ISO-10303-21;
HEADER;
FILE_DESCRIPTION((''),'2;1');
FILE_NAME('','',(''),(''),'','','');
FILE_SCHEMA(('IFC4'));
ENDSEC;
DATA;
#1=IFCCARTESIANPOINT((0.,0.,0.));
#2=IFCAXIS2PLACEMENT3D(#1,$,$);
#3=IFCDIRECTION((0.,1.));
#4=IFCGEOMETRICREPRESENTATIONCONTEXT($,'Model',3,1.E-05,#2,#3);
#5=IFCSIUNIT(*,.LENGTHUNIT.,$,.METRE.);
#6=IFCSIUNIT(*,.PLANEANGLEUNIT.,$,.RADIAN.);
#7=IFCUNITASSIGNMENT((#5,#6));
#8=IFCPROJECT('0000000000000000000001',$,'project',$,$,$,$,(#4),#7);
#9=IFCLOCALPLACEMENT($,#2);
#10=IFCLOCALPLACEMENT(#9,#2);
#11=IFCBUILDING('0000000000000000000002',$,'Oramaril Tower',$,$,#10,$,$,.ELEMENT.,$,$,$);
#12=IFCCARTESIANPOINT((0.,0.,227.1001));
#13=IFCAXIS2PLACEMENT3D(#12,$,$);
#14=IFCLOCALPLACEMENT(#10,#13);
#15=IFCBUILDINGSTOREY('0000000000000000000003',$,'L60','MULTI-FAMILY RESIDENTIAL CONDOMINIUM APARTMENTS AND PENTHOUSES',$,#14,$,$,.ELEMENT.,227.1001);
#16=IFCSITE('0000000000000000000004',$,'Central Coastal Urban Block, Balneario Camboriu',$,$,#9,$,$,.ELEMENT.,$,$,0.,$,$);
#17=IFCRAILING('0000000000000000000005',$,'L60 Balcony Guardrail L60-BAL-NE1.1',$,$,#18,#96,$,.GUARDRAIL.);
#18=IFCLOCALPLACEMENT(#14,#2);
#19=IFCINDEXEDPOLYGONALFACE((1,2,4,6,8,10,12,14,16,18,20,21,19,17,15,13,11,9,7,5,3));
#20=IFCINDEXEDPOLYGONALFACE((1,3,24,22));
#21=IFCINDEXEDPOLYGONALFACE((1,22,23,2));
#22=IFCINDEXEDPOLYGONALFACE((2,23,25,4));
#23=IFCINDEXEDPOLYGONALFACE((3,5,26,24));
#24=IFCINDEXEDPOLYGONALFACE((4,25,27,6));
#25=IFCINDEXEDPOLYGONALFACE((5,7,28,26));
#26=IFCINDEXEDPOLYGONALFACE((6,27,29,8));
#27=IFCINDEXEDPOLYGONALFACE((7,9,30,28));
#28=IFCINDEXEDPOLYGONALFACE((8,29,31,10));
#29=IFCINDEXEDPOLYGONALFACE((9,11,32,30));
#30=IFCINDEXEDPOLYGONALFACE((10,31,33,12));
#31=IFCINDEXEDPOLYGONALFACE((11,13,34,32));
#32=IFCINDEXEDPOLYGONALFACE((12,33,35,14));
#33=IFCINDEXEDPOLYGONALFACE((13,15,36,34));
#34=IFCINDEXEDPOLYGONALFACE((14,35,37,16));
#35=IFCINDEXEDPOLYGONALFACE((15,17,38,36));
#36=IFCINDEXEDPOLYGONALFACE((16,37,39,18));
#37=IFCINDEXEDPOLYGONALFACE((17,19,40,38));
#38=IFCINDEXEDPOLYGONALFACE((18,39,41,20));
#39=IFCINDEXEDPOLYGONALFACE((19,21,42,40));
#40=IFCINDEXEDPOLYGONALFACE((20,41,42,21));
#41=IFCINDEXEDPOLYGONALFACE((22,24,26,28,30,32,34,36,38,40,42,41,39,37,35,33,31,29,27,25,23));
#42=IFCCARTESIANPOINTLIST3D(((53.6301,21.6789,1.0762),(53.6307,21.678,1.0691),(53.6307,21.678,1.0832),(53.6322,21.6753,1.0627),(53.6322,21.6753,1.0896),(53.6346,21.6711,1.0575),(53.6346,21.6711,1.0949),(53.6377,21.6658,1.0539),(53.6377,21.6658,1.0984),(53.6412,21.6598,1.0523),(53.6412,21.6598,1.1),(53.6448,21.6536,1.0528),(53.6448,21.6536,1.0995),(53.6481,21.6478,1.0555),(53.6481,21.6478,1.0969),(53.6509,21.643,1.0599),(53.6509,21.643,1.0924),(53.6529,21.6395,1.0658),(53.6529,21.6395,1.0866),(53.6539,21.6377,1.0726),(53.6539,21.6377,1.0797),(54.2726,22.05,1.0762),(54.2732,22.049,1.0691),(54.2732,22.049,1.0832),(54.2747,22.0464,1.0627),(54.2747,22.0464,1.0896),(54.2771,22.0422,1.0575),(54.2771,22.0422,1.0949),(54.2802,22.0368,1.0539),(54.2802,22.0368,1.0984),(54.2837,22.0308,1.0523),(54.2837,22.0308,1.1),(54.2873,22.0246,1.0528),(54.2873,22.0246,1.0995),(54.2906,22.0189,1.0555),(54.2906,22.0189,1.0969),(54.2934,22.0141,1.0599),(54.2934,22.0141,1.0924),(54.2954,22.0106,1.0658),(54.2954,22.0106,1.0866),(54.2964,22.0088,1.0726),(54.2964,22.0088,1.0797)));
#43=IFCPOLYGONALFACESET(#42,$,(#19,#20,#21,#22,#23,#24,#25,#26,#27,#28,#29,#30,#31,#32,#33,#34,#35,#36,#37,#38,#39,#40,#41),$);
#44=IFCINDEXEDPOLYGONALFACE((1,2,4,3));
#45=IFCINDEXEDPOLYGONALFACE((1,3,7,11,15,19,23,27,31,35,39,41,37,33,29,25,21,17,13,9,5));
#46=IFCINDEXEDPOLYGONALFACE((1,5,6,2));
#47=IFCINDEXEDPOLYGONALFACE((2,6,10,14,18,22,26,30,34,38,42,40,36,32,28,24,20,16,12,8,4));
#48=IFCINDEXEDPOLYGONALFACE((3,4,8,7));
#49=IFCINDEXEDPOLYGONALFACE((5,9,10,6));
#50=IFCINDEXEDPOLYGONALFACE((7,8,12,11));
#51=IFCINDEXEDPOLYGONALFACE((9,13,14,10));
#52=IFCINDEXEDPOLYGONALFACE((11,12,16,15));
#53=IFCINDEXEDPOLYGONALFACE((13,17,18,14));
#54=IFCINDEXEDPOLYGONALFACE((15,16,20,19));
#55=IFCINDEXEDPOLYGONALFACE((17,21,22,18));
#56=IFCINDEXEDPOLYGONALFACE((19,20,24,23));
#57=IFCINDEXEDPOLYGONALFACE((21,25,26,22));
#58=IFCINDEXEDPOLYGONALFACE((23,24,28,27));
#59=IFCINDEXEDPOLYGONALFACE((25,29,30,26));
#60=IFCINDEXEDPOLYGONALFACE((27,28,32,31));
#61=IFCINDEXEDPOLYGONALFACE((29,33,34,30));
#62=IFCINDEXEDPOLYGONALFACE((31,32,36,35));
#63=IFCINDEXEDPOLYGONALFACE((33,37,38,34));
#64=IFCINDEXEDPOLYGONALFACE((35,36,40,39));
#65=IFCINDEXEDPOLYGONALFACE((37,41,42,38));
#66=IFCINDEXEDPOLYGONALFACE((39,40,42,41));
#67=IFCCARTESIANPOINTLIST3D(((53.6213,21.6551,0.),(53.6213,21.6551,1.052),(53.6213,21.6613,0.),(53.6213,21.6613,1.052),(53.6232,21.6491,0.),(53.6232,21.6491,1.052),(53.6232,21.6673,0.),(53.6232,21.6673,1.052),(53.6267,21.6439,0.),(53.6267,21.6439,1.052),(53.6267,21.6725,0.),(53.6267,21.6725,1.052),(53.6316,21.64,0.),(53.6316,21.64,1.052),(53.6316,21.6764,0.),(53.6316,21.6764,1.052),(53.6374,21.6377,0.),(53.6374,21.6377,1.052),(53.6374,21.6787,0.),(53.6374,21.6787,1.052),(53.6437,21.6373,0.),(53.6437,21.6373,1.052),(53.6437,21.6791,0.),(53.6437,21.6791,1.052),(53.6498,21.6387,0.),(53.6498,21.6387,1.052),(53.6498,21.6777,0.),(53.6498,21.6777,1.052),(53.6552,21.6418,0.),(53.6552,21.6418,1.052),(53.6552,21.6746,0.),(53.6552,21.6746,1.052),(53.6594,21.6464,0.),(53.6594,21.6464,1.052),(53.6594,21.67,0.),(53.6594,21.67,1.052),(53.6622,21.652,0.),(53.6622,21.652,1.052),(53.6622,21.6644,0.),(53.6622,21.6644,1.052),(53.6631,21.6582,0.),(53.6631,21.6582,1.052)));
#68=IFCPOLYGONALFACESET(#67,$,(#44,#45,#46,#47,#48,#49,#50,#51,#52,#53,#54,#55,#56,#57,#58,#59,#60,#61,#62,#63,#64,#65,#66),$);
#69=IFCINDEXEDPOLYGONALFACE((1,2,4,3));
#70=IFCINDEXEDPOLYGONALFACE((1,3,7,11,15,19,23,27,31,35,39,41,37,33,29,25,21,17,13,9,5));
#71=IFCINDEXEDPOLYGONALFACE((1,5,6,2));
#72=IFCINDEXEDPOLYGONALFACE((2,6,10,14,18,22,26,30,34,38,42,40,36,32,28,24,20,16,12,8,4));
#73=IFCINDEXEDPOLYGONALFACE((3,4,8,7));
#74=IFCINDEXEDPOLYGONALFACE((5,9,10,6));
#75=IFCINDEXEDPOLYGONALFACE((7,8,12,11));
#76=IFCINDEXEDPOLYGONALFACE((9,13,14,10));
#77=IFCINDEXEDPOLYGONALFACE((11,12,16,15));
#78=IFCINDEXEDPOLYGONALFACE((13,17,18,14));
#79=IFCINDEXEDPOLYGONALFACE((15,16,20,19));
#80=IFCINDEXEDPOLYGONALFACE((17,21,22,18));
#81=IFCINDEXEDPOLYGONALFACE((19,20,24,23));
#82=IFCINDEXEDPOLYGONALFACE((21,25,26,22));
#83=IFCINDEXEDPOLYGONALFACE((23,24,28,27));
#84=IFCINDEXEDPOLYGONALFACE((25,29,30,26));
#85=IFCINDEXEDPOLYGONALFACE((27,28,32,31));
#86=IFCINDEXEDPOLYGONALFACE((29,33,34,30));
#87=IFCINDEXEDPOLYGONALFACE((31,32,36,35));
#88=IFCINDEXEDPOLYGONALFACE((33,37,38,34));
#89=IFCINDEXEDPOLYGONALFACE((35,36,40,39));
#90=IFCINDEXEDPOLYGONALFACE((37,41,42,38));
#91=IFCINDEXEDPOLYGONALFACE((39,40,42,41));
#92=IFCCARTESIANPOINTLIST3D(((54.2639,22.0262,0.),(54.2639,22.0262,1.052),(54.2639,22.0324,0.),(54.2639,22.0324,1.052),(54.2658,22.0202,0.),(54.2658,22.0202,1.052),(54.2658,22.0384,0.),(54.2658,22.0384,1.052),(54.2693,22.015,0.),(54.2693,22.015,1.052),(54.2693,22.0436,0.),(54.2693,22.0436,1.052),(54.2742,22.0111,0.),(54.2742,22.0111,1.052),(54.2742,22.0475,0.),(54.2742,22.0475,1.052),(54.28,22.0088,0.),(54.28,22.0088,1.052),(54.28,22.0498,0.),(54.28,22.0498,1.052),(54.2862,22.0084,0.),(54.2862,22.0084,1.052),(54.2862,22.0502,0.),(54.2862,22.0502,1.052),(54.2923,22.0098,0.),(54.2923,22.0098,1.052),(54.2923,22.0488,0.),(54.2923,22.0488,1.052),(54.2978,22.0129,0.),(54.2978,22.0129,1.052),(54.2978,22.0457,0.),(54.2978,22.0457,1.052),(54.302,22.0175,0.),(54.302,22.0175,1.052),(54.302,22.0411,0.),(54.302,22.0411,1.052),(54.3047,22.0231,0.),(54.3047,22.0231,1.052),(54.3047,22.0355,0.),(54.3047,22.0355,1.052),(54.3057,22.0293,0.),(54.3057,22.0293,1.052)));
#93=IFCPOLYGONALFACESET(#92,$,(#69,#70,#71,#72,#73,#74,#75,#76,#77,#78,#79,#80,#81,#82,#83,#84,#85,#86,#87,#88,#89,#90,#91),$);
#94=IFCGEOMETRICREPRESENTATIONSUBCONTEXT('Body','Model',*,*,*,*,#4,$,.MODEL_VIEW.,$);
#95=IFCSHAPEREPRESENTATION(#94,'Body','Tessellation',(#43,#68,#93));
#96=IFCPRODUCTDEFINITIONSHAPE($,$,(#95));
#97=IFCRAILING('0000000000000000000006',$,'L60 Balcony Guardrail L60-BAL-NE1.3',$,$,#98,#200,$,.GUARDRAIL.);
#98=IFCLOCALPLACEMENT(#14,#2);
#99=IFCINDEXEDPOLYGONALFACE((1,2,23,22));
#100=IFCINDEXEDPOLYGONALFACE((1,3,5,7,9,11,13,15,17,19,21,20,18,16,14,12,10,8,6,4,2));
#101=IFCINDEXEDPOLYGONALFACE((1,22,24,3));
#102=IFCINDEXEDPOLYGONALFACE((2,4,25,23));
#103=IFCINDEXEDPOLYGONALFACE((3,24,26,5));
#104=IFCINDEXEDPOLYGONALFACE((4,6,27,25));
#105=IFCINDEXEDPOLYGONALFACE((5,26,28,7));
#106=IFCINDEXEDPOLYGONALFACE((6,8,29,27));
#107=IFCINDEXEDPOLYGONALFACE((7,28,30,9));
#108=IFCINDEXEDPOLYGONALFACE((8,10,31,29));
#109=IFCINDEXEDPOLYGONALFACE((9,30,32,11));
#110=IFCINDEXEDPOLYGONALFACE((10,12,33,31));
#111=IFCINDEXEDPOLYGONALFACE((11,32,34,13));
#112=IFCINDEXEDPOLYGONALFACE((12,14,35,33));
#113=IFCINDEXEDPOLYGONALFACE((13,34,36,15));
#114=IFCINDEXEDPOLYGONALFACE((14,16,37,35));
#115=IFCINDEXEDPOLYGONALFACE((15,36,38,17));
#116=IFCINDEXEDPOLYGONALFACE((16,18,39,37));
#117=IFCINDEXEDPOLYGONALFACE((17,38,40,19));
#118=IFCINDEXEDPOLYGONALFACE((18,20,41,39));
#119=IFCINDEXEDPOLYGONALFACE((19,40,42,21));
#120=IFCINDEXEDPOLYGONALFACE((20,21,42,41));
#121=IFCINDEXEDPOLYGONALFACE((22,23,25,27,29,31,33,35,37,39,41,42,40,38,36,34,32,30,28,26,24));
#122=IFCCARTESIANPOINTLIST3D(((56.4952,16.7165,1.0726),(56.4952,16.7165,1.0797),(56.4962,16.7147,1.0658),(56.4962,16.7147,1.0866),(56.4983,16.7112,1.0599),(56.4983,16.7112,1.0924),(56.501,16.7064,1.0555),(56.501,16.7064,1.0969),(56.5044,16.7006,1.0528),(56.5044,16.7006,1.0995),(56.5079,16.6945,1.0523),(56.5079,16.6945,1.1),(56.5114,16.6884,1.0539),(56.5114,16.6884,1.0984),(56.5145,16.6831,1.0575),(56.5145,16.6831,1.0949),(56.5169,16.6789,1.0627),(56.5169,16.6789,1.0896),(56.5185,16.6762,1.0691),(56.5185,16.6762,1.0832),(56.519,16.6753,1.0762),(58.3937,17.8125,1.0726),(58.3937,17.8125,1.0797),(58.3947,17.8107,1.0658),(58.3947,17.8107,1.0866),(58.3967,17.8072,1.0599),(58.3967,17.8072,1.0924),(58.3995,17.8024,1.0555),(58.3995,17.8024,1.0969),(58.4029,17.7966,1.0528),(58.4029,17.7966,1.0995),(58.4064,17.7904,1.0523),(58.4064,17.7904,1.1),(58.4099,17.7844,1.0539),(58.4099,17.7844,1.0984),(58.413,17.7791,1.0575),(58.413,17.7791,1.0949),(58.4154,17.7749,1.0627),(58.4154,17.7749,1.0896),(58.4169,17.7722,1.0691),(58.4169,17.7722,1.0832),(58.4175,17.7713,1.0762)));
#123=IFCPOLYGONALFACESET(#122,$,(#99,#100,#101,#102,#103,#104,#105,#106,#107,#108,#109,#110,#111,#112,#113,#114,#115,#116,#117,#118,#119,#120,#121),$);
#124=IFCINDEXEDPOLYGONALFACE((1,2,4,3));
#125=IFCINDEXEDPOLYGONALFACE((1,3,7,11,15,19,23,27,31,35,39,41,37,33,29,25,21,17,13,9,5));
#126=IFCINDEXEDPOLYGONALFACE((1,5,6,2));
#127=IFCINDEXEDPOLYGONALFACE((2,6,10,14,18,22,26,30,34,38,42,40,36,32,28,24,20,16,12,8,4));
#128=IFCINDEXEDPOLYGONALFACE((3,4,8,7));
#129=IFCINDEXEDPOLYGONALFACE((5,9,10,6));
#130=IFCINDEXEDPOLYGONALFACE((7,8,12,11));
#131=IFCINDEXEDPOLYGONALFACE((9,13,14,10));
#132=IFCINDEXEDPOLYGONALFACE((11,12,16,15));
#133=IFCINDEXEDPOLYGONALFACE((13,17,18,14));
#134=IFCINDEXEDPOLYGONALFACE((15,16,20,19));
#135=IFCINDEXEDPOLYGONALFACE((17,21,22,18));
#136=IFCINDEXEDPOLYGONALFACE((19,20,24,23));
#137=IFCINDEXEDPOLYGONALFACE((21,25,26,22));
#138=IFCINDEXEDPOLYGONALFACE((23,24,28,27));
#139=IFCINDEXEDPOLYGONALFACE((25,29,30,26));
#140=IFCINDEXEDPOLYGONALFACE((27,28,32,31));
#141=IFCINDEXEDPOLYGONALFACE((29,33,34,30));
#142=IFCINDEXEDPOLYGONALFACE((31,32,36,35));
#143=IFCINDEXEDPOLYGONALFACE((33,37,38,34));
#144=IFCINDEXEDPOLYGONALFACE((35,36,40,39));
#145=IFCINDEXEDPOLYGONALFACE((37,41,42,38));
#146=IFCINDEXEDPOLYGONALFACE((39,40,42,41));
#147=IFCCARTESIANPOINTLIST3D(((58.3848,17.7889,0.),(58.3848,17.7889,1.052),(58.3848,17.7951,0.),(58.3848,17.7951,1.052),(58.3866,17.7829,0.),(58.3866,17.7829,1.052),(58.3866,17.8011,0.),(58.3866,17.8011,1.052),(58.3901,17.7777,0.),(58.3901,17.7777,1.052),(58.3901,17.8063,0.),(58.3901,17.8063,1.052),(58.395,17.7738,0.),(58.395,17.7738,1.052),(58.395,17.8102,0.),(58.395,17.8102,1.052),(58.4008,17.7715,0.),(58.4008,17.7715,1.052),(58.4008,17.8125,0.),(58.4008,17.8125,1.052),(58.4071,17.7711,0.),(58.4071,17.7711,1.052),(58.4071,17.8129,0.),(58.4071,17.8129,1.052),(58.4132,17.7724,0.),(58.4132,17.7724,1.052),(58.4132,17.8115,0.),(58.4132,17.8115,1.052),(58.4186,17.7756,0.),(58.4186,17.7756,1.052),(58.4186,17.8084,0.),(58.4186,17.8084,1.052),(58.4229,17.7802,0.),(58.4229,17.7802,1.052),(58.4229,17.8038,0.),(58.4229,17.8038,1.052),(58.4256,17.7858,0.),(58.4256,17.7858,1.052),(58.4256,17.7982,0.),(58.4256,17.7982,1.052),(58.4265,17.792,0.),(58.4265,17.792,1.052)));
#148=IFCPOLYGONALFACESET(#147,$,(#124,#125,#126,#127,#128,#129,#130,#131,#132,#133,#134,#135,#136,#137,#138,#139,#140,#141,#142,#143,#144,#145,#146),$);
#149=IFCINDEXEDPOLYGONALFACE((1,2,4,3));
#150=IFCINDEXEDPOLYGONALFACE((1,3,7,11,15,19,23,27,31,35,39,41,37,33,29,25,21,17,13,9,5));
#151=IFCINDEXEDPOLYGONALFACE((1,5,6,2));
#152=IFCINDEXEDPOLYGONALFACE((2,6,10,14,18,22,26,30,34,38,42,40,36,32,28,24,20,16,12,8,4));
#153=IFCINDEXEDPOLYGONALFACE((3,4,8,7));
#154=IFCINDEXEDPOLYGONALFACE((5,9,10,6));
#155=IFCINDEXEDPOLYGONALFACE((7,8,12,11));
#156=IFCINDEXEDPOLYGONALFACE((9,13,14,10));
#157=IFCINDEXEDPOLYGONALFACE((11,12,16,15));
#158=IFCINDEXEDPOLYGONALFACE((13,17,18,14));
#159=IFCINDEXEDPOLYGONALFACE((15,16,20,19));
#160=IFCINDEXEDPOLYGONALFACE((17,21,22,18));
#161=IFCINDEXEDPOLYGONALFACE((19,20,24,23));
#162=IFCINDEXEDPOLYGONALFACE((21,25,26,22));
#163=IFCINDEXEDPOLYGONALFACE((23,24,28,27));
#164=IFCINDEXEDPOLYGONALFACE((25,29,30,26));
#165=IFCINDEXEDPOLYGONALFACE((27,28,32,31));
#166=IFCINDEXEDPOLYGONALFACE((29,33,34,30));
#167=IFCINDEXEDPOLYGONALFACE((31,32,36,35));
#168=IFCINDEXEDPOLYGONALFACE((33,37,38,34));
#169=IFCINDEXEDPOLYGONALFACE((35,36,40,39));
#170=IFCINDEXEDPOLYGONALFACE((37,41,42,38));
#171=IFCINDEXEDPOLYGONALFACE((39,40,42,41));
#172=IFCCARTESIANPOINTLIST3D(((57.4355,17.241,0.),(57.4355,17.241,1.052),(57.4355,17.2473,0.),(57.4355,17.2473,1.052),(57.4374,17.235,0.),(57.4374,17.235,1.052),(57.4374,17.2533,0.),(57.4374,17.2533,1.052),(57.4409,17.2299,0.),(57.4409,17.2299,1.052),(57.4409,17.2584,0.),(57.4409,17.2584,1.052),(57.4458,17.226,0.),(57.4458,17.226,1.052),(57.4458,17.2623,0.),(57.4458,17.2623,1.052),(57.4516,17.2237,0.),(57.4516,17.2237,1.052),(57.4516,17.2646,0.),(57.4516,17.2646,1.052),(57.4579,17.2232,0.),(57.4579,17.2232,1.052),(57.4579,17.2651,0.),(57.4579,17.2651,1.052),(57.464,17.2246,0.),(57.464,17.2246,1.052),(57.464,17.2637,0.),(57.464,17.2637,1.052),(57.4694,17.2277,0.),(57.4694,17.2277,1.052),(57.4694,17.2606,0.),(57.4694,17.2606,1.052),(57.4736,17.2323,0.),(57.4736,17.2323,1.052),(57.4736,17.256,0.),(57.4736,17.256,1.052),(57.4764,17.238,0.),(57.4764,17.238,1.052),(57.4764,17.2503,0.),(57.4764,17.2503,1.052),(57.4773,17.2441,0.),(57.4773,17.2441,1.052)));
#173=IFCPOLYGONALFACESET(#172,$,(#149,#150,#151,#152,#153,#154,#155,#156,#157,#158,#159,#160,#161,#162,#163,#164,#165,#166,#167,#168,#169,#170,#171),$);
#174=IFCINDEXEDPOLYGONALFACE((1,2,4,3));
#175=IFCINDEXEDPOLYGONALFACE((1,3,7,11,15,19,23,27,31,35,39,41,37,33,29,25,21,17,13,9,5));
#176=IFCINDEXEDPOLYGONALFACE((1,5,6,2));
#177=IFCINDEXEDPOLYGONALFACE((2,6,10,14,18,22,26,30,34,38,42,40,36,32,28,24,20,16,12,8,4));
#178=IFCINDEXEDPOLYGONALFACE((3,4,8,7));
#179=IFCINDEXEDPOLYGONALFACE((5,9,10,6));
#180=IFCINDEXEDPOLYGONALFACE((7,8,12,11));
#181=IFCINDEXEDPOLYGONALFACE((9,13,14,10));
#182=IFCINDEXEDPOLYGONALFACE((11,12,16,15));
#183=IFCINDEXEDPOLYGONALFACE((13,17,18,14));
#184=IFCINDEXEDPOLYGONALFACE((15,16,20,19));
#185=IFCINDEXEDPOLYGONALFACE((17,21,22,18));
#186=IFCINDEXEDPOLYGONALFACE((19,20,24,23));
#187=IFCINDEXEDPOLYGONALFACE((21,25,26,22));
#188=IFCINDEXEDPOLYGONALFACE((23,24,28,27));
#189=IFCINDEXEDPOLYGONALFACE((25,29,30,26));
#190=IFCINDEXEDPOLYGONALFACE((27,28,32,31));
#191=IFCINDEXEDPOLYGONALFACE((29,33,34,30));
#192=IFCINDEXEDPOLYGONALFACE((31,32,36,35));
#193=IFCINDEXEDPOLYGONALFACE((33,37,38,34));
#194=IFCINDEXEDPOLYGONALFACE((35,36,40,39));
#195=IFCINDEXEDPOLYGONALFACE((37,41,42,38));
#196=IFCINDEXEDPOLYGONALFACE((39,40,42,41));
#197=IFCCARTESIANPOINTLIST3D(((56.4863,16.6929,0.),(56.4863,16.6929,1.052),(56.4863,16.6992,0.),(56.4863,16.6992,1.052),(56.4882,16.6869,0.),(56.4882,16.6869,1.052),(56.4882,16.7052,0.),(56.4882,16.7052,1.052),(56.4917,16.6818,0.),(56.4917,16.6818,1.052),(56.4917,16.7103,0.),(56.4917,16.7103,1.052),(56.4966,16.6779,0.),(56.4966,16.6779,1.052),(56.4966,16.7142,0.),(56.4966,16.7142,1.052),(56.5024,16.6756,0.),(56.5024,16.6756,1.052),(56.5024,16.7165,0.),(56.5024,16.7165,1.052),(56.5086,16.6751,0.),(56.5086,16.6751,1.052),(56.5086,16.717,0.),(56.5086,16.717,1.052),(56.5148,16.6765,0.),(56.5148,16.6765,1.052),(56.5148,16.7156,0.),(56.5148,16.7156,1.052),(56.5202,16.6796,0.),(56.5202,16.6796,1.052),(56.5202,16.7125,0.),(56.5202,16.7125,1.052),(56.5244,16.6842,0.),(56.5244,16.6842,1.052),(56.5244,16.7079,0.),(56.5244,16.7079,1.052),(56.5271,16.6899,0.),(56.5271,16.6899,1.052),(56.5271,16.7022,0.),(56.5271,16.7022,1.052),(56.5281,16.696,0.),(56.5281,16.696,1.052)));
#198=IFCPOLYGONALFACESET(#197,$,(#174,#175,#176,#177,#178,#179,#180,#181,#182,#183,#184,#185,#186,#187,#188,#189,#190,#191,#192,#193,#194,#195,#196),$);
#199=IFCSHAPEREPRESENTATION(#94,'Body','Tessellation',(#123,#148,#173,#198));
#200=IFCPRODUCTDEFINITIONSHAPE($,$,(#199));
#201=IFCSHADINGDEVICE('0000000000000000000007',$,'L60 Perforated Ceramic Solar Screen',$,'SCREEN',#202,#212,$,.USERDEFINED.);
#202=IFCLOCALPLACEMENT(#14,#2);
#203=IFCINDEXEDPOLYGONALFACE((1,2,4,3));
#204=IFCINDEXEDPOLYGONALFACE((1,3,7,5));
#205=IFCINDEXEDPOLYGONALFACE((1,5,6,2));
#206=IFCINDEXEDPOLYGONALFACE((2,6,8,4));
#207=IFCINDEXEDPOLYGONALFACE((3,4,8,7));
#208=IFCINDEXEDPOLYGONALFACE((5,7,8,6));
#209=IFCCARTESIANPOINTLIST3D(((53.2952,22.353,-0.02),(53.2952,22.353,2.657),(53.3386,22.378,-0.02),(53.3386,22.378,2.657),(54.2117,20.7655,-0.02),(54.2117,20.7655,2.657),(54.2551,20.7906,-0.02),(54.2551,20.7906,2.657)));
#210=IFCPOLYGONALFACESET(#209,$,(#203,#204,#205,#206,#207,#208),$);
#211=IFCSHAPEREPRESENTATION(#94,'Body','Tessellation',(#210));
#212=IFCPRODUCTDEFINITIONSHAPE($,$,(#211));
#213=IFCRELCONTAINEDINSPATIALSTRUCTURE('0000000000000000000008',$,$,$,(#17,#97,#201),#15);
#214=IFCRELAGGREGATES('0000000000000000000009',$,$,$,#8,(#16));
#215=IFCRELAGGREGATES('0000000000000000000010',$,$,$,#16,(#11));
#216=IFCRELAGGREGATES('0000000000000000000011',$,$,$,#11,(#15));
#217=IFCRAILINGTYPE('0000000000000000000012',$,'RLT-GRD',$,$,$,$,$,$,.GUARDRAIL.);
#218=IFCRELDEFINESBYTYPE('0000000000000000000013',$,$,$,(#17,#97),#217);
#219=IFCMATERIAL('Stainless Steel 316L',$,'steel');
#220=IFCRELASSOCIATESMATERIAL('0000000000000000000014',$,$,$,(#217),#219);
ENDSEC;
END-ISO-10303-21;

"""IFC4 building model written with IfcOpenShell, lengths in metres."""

from ifc_helpers import new_model, si_unit, direction, frame, origin, origin_2d, place, context, subcontext, project, spatial, rectangle, circle, extrude, material, type_object, element, save


model = new_model("IFC4")

# Units and contexts
model_context = context("Model", 3, precision=1e-05, world=origin(), true_north=direction((0.0, 1.0)))
body_context = subcontext(model_context, "Body", "Model", "MODEL_VIEW")
ifc_project = project(units=[si_unit("LENGTHUNIT", "METRE"), si_unit("PLANEANGLEUNIT", "RADIAN")], contexts=[model_context])

# Site, building, storey
site_placement = place(None, origin())
site = spatial("IfcSite", under=ifc_project, at=site_placement, Name="Central Coastal Urban Block, Balneario Camboriu", CompositionType="ELEMENT", RefElevation=0.0)
building_placement = place(site_placement, origin())
building = spatial("IfcBuilding", under=site, at=building_placement, Name="Oramaril Tower", CompositionType="ELEMENT")
storey_placement = place(building_placement, frame((0.0, 0.0, 227.1001)))
storey = spatial("IfcBuildingStorey", under=building, at=storey_placement, Name="L60", Description="MULTI-FAMILY RESIDENTIAL CONDOMINIUM APARTMENTS AND PENTHOUSES", CompositionType="ELEMENT", Elevation=227.1001)

# Railings
ifc_material_1 = material(Name="Stainless Steel 316L", Category="steel")
railing_type = type_object("IfcRailingType", Name="RLT-GRD", PredefinedType="GUARDRAIL", material=ifc_material_1)
railing_1_placement = place(storey_placement, frame((53.6421, 21.6582, 0.0)))
element("IfcRailing", 1, at=railing_1_placement, inside=storey, type_object=railing_type, Name="L60 Balcony Guardrail L60-BAL-NE1.1", PredefinedType="GUARDRAIL", context=body_context, shape_type="SweptSolid", body=[
    extrude(circle(Radius=0.0239, at=origin_2d()), frame((0.0, 0.0, 1.0762), z_axis=(0.865966, 0.500102, 0.0), x_axis=(-0.500102, 0.865966, 0.0)), (0.0, 0.0, 1.0), 0.7419),
    extrude(circle(Radius=0.021, at=origin_2d()), origin(), (0.0, 0.0, 1.0), 1.052),
    extrude(circle(Radius=0.021, at=origin_2d()), frame((0.6426, 0.3711, 0.0)), (0.0, 0.0, 1.0), 1.052),
])
railing_2_placement = place(storey_placement, frame((58.4055, 17.792, 0.0)))
element("IfcRailing", 2, at=railing_2_placement, inside=storey, type_object=railing_type, Name="L60 Balcony Guardrail L60-BAL-NE1.3", PredefinedType="GUARDRAIL", context=body_context, shape_type="SweptSolid", body=[
    extrude(circle(Radius=0.0239, at=origin_2d()), frame((0.0, 0.0, 1.0762), z_axis=(-0.866048, -0.49996, 0.0), x_axis=(0.49996, -0.866048, 0.0)), (0.0, 0.0, 1.0), 2.1921),
    extrude(circle(Radius=0.021, at=origin_2d()), origin(), (0.0, 0.0, 1.0), 1.052),
    extrude(circle(Radius=0.021, at=origin_2d()), frame((-0.9492, -0.5479, 0.0)), (0.0, 0.0, 1.0), 1.052),
    extrude(circle(Radius=0.021, at=origin_2d()), frame((-1.8984, -1.0959, 0.0)), (0.0, 0.0, 1.0), 1.052),
])

# Shading device
for number, where, z_axis, x_axis, name in (
    (3, (53.7751, 21.5718, -0.02), (0.0, 0.0, 1.0), (-0.5, 0.866025, 0.0), "L60 Perforated Ceramic Solar Screen"),
):
    element("IfcShadingDevice", number, at=place(storey_placement, frame(where, z_axis=z_axis, x_axis=x_axis)), inside=storey, Name=name, ObjectType="SCREEN", PredefinedType="USERDEFINED", context=body_context, shape_type="SweptSolid", body=[
        extrude(rectangle(XDim=1.833, YDim=0.05, at=origin_2d()), origin(), (0.0, 0.0, 1.0), 2.677),
    ])

save(model, "model.ifc")
